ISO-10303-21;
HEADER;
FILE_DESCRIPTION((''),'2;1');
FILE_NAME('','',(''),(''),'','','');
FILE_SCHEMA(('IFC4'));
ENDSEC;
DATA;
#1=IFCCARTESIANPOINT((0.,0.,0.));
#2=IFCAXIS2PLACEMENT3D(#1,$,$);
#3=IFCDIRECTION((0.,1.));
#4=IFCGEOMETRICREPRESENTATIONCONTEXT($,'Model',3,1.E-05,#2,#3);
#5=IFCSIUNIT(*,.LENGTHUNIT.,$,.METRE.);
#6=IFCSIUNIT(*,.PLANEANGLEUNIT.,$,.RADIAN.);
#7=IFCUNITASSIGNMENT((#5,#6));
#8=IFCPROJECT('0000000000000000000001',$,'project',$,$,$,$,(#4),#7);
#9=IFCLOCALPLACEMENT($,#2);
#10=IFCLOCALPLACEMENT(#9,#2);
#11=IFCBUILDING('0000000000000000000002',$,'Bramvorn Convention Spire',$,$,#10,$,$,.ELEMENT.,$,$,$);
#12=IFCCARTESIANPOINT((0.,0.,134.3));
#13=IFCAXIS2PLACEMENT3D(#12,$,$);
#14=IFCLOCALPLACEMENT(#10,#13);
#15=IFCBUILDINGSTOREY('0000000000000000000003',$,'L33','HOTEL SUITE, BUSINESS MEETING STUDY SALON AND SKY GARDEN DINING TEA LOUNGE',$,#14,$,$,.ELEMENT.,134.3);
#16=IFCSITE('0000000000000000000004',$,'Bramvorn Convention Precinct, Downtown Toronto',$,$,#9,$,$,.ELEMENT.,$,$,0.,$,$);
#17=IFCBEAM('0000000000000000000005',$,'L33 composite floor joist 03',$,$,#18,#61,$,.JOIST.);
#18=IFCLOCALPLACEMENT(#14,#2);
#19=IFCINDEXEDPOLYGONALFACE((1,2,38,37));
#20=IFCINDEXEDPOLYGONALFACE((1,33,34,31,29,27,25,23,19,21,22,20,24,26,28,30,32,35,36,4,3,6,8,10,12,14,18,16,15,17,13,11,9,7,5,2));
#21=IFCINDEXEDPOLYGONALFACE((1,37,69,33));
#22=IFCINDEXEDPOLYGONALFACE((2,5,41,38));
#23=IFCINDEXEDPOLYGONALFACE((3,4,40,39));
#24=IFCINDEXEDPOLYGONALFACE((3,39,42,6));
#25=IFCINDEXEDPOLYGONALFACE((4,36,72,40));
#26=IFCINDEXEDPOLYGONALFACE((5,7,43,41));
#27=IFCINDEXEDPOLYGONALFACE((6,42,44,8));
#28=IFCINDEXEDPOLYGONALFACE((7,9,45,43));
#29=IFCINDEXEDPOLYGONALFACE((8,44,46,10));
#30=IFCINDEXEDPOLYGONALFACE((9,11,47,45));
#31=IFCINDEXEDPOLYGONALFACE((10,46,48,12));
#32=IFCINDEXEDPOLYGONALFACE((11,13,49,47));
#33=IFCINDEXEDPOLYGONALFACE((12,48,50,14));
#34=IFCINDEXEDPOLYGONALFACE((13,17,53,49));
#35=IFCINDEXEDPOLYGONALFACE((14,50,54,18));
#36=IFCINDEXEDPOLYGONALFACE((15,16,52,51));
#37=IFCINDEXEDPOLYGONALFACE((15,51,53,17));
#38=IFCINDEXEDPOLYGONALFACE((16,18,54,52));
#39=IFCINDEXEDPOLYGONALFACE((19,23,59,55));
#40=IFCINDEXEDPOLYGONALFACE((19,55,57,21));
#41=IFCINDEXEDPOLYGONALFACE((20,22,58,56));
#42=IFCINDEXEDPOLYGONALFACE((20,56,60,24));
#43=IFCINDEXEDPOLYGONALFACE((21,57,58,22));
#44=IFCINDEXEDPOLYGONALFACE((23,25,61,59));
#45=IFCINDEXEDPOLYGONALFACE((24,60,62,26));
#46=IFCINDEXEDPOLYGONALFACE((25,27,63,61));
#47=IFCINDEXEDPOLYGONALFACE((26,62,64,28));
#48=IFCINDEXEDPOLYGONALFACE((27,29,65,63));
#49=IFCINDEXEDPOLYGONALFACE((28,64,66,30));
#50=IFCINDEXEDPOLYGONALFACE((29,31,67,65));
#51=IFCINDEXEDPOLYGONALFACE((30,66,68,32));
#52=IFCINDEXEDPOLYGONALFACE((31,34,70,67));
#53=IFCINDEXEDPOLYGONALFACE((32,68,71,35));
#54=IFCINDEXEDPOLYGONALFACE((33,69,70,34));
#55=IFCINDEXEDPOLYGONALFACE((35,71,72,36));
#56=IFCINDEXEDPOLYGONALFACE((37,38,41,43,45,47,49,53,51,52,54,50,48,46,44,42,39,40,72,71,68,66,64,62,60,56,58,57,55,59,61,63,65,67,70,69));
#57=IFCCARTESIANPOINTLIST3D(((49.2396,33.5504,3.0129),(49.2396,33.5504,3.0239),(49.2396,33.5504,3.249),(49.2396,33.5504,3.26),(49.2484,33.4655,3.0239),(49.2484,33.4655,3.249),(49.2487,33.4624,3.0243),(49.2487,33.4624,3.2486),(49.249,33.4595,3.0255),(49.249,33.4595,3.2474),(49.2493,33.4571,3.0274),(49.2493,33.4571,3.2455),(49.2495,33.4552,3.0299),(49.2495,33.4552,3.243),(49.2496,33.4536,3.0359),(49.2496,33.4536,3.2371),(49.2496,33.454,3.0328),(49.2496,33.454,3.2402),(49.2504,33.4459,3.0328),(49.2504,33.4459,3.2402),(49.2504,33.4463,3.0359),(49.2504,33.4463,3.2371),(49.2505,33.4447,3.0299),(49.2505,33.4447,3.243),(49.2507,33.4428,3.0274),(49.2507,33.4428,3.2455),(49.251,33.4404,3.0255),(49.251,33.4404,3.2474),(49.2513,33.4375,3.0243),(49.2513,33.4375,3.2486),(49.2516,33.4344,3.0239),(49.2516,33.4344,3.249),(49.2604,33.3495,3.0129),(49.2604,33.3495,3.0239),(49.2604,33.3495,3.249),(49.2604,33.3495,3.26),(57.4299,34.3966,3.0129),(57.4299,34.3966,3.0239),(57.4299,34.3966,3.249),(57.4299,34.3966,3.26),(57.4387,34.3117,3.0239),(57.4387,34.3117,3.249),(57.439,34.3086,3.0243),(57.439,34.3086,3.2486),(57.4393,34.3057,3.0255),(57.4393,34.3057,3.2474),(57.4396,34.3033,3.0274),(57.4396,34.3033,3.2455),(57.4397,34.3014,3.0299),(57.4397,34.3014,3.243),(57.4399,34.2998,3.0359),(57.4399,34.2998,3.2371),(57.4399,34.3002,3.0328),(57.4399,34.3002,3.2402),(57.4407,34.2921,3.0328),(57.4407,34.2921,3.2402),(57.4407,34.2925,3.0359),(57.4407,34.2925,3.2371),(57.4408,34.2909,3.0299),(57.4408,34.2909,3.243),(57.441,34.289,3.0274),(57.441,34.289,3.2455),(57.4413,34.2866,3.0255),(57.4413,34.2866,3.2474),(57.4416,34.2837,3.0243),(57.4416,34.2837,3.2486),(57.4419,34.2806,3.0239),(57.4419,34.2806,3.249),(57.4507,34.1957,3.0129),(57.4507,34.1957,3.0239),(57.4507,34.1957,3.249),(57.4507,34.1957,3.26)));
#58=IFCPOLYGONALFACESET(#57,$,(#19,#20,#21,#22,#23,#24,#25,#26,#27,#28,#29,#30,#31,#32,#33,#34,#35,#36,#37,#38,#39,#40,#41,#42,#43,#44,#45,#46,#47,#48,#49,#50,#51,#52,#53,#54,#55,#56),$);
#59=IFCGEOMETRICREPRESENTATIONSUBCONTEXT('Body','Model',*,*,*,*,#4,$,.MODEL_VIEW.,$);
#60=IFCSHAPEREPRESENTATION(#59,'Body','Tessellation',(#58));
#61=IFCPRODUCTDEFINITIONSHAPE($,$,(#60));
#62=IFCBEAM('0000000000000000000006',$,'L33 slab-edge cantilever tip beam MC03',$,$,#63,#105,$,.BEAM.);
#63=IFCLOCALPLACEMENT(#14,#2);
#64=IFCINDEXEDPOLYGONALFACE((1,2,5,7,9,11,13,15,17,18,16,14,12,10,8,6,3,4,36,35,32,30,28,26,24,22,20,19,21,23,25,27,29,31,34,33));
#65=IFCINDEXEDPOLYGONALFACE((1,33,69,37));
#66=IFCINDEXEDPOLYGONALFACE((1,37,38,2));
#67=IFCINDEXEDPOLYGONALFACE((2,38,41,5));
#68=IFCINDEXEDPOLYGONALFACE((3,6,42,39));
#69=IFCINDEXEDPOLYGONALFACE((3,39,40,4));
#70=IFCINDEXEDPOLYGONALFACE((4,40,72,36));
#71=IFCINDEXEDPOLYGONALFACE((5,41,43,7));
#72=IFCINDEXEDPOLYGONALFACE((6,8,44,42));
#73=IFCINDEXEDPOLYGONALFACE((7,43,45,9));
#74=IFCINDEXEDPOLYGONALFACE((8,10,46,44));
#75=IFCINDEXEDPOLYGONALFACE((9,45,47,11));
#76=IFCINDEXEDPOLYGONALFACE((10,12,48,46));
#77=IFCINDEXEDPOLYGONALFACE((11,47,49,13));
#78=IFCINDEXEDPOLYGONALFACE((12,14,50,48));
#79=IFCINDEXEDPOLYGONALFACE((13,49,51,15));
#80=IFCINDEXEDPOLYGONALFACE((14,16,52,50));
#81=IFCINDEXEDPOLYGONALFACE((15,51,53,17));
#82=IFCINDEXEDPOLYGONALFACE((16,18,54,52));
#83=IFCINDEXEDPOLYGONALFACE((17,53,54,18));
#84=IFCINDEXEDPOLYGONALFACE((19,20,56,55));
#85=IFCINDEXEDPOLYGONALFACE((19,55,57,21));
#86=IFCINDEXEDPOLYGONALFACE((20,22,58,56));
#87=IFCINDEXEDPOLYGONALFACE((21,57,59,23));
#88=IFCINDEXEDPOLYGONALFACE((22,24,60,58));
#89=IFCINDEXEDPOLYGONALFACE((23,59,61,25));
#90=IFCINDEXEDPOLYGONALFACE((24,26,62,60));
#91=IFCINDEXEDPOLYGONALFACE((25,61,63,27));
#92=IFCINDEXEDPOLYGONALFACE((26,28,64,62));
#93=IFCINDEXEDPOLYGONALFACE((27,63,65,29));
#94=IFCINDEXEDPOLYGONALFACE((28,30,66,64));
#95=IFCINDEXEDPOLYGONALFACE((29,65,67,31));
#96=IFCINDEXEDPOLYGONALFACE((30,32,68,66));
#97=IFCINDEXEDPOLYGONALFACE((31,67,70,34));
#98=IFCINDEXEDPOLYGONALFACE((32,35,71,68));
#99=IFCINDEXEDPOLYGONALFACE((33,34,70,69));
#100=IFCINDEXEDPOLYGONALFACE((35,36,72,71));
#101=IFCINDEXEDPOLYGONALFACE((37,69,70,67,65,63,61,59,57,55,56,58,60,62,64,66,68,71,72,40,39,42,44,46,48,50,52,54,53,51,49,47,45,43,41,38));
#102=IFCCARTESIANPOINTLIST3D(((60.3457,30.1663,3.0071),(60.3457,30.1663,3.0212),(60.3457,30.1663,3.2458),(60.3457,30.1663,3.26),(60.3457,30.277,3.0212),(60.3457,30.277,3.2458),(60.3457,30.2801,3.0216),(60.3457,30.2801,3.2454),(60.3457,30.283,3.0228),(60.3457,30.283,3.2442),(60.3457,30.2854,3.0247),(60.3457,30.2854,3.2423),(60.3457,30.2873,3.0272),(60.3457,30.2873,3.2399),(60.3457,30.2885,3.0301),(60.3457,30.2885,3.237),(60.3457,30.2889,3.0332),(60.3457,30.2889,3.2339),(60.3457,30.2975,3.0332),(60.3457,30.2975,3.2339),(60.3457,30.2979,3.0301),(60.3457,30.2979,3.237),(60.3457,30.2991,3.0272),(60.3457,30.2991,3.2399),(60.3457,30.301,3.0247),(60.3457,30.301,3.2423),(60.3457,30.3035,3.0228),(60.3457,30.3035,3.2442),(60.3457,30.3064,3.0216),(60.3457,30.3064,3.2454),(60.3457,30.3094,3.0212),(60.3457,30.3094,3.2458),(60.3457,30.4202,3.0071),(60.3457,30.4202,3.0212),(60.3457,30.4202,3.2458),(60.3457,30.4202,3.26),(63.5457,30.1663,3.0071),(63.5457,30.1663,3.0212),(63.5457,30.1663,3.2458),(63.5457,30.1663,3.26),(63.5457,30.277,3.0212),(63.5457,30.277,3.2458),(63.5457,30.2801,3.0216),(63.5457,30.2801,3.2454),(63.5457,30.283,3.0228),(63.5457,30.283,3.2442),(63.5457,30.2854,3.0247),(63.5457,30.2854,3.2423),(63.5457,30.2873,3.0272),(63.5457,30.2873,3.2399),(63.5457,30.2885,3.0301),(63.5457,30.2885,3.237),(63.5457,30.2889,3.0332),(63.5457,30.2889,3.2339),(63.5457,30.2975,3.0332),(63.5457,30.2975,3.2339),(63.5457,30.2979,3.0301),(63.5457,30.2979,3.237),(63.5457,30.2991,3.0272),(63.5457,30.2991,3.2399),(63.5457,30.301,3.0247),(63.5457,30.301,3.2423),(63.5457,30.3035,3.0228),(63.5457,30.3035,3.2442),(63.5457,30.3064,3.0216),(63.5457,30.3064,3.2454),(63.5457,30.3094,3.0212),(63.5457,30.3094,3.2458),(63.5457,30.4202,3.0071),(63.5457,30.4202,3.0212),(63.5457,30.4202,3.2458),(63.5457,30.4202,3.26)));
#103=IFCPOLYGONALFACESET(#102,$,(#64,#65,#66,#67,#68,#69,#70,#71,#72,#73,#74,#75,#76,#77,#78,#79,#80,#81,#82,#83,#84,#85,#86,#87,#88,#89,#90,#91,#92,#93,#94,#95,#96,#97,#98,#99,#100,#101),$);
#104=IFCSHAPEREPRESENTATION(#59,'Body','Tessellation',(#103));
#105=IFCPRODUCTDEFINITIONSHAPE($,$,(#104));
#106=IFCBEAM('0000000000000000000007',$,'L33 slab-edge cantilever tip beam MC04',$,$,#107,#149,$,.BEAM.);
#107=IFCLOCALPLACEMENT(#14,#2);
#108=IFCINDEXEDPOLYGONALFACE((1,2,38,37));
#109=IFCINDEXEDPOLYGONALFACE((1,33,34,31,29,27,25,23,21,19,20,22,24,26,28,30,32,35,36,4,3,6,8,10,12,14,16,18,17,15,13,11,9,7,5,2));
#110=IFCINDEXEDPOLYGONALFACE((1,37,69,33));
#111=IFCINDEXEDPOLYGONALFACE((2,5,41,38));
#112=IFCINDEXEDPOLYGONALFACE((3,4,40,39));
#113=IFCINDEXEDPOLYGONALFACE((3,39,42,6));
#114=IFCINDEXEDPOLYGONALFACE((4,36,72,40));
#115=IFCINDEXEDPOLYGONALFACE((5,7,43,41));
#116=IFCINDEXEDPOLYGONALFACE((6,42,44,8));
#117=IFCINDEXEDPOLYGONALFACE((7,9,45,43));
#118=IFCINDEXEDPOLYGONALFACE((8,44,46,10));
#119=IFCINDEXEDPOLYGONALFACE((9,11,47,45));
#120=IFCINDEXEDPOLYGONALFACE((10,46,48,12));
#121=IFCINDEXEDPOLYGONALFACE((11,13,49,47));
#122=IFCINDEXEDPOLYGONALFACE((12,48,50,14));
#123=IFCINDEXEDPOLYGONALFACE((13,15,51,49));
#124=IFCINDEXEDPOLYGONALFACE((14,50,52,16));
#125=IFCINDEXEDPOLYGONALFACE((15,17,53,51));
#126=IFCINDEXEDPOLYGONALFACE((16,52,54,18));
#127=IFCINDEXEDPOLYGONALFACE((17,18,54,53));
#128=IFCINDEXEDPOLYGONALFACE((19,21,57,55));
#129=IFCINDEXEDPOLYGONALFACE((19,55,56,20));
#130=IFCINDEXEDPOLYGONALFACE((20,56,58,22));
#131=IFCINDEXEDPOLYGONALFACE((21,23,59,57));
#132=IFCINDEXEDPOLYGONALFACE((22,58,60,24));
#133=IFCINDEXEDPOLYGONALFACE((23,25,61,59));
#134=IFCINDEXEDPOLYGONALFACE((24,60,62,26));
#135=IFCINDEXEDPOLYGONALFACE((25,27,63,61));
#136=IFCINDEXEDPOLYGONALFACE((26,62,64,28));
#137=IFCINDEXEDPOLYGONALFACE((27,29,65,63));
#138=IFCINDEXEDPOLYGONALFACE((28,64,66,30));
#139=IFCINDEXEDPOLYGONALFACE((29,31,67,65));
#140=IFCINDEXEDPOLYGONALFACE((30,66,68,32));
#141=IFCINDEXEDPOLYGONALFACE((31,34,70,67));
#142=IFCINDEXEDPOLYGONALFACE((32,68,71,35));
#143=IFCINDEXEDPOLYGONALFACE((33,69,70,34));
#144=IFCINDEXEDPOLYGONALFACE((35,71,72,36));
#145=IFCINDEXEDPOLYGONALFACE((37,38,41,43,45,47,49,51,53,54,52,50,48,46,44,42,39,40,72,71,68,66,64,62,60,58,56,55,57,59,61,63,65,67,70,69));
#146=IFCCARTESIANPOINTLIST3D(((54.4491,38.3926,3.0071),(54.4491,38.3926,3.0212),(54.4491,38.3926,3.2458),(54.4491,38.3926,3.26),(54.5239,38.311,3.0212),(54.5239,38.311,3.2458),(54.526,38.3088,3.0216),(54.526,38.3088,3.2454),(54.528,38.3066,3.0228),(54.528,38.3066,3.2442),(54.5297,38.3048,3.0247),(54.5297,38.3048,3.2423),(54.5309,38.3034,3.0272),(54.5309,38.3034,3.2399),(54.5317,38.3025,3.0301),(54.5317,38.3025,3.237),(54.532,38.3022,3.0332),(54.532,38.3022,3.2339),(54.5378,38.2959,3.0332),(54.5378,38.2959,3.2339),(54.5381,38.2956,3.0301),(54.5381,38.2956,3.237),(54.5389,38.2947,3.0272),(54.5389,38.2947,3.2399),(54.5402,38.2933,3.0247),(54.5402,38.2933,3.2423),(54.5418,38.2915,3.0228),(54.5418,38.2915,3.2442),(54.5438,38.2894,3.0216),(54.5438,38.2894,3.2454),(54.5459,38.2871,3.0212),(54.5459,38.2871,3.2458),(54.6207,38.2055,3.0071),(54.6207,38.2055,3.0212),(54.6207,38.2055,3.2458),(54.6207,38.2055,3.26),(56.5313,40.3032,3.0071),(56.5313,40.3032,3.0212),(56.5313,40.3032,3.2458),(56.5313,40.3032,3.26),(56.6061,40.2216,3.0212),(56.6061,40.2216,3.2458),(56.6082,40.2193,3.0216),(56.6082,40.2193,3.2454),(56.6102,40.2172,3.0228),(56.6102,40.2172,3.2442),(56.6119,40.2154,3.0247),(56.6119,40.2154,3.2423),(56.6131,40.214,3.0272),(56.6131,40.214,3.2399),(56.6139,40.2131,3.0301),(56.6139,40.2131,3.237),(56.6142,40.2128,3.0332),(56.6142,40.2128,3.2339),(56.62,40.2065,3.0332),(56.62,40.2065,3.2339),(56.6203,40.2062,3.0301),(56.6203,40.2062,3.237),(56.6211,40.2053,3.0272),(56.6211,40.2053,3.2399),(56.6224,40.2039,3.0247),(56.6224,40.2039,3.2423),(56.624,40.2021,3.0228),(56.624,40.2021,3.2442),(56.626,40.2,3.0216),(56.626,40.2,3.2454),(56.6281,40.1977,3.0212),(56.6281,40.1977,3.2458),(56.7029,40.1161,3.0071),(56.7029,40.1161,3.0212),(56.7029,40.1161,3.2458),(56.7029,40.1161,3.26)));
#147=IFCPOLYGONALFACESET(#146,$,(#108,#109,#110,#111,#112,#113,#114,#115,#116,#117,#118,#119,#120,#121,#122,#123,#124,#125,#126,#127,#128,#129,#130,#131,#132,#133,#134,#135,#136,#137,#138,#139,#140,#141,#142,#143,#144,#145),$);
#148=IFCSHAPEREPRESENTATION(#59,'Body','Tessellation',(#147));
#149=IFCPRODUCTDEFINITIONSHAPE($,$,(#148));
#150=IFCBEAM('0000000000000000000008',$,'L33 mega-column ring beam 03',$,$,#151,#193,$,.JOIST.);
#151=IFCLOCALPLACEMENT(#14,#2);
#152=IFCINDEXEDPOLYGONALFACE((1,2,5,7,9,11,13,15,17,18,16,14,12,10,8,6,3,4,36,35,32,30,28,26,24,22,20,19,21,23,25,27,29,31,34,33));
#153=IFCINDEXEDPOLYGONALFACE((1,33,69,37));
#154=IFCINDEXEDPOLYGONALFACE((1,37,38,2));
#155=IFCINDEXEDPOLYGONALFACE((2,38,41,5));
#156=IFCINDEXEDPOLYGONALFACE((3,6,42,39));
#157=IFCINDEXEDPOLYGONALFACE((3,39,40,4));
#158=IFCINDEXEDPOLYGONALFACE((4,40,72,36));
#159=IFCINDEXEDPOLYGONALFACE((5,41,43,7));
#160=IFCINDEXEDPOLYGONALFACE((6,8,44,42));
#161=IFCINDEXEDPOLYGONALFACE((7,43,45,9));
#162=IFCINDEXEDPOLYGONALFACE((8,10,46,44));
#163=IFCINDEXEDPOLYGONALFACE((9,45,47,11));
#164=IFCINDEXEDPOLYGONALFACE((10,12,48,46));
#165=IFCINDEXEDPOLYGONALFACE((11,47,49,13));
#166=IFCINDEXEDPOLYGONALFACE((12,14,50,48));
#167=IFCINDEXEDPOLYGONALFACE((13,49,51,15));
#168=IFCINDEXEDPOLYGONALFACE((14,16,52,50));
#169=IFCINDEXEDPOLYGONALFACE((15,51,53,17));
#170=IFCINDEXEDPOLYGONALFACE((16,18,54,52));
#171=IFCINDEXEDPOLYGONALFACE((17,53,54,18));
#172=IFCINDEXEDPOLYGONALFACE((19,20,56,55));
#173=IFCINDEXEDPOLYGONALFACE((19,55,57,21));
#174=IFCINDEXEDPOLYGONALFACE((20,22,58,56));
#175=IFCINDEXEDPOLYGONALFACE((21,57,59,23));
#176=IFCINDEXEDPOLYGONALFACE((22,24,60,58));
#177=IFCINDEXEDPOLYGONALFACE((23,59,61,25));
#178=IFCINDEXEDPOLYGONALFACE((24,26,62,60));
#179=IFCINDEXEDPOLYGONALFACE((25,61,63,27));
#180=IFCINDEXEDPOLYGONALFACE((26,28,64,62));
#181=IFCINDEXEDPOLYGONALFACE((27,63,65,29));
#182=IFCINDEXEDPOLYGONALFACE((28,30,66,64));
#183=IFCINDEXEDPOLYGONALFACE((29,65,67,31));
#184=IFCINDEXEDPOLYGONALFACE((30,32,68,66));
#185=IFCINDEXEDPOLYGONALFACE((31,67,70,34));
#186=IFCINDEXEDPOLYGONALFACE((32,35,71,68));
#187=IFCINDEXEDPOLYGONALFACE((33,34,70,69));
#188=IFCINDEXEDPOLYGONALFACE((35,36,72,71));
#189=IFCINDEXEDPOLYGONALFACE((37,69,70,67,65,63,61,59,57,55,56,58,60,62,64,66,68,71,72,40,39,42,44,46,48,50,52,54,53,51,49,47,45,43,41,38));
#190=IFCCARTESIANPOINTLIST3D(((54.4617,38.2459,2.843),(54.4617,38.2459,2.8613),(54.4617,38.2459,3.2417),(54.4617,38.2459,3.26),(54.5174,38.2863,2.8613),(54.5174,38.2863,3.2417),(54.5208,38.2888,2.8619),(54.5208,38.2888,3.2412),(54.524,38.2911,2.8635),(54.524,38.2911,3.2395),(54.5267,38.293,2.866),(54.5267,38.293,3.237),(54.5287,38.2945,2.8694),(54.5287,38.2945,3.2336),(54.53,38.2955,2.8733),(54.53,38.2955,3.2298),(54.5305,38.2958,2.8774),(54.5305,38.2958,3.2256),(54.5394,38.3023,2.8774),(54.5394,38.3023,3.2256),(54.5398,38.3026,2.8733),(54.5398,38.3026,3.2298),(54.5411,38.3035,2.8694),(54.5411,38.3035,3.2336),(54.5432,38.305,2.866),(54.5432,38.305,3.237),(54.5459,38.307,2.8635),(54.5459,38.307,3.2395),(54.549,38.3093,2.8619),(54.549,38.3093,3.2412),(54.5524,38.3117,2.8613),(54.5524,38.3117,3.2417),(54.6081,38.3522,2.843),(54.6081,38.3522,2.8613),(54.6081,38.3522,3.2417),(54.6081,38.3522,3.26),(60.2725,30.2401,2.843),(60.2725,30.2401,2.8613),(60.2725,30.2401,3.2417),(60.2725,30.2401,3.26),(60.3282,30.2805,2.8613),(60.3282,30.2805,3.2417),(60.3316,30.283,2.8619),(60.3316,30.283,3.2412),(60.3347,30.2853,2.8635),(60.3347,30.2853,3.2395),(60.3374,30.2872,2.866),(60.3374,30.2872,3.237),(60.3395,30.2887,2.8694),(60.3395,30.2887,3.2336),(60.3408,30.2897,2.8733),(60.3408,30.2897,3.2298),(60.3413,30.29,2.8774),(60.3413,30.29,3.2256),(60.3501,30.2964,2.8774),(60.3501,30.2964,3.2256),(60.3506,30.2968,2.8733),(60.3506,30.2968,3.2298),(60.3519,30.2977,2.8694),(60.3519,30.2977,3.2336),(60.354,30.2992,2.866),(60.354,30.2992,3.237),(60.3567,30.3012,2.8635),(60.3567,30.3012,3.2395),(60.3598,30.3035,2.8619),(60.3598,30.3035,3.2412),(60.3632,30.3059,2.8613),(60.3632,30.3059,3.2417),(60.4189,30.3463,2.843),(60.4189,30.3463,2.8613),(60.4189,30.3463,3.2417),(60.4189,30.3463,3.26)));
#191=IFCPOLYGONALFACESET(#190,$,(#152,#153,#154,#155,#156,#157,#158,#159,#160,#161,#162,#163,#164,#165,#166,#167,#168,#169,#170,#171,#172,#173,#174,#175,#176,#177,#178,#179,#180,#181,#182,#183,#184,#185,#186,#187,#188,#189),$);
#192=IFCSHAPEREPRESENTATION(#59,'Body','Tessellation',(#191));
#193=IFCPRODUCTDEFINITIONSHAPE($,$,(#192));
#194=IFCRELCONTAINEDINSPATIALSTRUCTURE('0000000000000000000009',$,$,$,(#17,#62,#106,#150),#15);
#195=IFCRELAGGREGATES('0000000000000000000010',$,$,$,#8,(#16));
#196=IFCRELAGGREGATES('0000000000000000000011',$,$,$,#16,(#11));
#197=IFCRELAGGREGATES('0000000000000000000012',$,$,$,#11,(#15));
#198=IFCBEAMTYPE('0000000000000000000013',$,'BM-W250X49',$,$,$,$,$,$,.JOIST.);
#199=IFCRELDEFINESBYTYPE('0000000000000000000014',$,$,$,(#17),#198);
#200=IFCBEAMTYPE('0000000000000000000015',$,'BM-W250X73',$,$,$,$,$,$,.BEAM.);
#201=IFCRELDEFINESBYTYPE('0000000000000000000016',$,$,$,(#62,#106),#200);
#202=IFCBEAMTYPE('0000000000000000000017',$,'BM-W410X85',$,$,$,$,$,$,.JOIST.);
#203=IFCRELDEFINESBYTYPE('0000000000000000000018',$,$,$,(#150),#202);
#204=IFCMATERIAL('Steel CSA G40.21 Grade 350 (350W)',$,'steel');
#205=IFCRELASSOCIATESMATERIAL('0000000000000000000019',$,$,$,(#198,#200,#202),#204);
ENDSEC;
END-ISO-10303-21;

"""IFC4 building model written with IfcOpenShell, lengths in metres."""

from ifc_helpers import new_model, si_unit, direction, frame, origin, origin_2d, place, context, subcontext, project, spatial, i_section, extrude, material, material_profile, profile_set, type_object, element, save


model = new_model("IFC4")

# Units and contexts
model_context = context("Model", 3, precision=1e-05, world=origin(), true_north=direction((0.0, 1.0)))
body_context = subcontext(model_context, "Body", "Model", "MODEL_VIEW")
ifc_project = project(units=[si_unit("LENGTHUNIT", "METRE"), si_unit("PLANEANGLEUNIT", "RADIAN")], contexts=[model_context])

# Site, building, storey
site_placement = place(None, origin())
site = spatial("IfcSite", under=ifc_project, at=site_placement, Name="Bramvorn Convention Precinct, Downtown Toronto", CompositionType="ELEMENT", RefElevation=0.0)
building_placement = place(site_placement, origin())
building = spatial("IfcBuilding", under=site, at=building_placement, Name="Bramvorn Convention Spire", CompositionType="ELEMENT")
storey_placement = place(building_placement, frame((0.0, 0.0, 134.3)))
storey = spatial("IfcBuildingStorey", under=building, at=storey_placement, Name="L33", Description="HOTEL SUITE, BUSINESS MEETING STUDY SALON AND SKY GARDEN DINING TEA LOUNGE", CompositionType="ELEMENT", Elevation=134.3)

# Shared definitions
ifc_material_1 = material(Name="Steel CSA G40.21 Grade 350 (350W)", Category="steel")

# Beams
ifc_material_profile_1 = material_profile(ifc_material_1, i_section(OverallWidth=0.2019, OverallDepth=0.2471, WebThickness=0.0073, FlangeThickness=0.011, FilletRadius=0.012, at=origin_2d()))
ifc_profile_set_1 = profile_set([ifc_material_profile_1], Name="Steel CSA G40.21 Grade 350 (350W) - W250X49")
beam_type_1 = type_object("IfcBeamType", Name="BM-W250X49", PredefinedType="JOIST", material=ifc_profile_set_1)
beam_1_placement = place(storey_placement, frame((49.25, 33.45, 3.1365), z_axis=(0.994705, 0.102771, 0.0), x_axis=(-0.102771, 0.994705, 0.0)))
element("IfcBeam", 1, at=beam_1_placement, inside=storey, type_object=beam_type_1, Name="L33 composite floor joist 03", PredefinedType="JOIST", context=body_context, shape_type="SweptSolid", body=[
    extrude(i_section(OverallWidth=0.2019, OverallDepth=0.2471, WebThickness=0.0073, FlangeThickness=0.011, FilletRadius=0.012, at=origin_2d()), origin(), (0.0, 0.0, 1.0), 8.2339),
])
ifc_material_profile_2 = material_profile(ifc_material_1, i_section(OverallWidth=0.2539, OverallDepth=0.2529, WebThickness=0.0085, FlangeThickness=0.0142, FilletRadius=0.012, at=origin_2d()))
ifc_profile_set_2 = profile_set([ifc_material_profile_2], Name="Steel CSA G40.21 Grade 350 (350W) - W250X73")
beam_type_2 = type_object("IfcBeamType", Name="BM-W250X73", PredefinedType="BEAM", material=ifc_profile_set_2)
beam_2_placement = place(storey_placement, frame((60.3457, 30.2932, 3.1335), z_axis=(1.0, 0.0, 0.0), x_axis=(0.0, 1.0, 0.0)))
element("IfcBeam", 2, at=beam_2_placement, inside=storey, type_object=beam_type_2, Name="L33 slab-edge cantilever tip beam MC03", PredefinedType="BEAM", context=body_context, shape_type="SweptSolid", body=[
    extrude(i_section(OverallWidth=0.2539, OverallDepth=0.2529, WebThickness=0.0085, FlangeThickness=0.0142, FilletRadius=0.012, at=origin_2d()), origin(), (0.0, 0.0, 1.0), 3.2),
])
beam_3_placement = place(storey_placement, frame((54.5349, 38.2991, 3.1335), z_axis=(0.736821, 0.676088, 0.0), x_axis=(-0.676088, 0.736821, 0.0)))
element("IfcBeam", 3, at=beam_3_placement, inside=storey, type_object=beam_type_2, Name="L33 slab-edge cantilever tip beam MC04", PredefinedType="BEAM", context=body_context, shape_type="SweptSolid", body=[
    extrude(i_section(OverallWidth=0.2539, OverallDepth=0.2529, WebThickness=0.0085, FlangeThickness=0.0142, FilletRadius=0.012, at=origin_2d()), origin(), (0.0, 0.0, 1.0), 2.8259),
])
ifc_material_profile_3 = material_profile(ifc_material_1, i_section(OverallWidth=0.1809, OverallDepth=0.417, WebThickness=0.011, FlangeThickness=0.0183, FilletRadius=0.0161, at=origin_2d()))
ifc_profile_set_3 = profile_set([ifc_material_profile_3], Name="Steel CSA G40.21 Grade 350 (350W) - W410X85")
beam_type_3 = type_object("IfcBeamType", Name="BM-W410X85", PredefinedType="JOIST", material=ifc_profile_set_3)
beam_4_placement = place(storey_placement, frame((60.3457, 30.2932, 3.0515), z_axis=(-0.587401, 0.809296, 0.0), x_axis=(-0.809296, -0.587401, 0.0)))
element("IfcBeam", 4, at=beam_4_placement, inside=storey, type_object=beam_type_3, Name="L33 mega-column ring beam 03", PredefinedType="JOIST", context=body_context, shape_type="SweptSolid", body=[
    extrude(i_section(OverallWidth=0.1809, OverallDepth=0.417, WebThickness=0.011, FlangeThickness=0.0183, FilletRadius=0.0161, at=origin_2d()), origin(), (0.0, 0.0, 1.0), 9.8923),
])

save(model, "model.ifc")
